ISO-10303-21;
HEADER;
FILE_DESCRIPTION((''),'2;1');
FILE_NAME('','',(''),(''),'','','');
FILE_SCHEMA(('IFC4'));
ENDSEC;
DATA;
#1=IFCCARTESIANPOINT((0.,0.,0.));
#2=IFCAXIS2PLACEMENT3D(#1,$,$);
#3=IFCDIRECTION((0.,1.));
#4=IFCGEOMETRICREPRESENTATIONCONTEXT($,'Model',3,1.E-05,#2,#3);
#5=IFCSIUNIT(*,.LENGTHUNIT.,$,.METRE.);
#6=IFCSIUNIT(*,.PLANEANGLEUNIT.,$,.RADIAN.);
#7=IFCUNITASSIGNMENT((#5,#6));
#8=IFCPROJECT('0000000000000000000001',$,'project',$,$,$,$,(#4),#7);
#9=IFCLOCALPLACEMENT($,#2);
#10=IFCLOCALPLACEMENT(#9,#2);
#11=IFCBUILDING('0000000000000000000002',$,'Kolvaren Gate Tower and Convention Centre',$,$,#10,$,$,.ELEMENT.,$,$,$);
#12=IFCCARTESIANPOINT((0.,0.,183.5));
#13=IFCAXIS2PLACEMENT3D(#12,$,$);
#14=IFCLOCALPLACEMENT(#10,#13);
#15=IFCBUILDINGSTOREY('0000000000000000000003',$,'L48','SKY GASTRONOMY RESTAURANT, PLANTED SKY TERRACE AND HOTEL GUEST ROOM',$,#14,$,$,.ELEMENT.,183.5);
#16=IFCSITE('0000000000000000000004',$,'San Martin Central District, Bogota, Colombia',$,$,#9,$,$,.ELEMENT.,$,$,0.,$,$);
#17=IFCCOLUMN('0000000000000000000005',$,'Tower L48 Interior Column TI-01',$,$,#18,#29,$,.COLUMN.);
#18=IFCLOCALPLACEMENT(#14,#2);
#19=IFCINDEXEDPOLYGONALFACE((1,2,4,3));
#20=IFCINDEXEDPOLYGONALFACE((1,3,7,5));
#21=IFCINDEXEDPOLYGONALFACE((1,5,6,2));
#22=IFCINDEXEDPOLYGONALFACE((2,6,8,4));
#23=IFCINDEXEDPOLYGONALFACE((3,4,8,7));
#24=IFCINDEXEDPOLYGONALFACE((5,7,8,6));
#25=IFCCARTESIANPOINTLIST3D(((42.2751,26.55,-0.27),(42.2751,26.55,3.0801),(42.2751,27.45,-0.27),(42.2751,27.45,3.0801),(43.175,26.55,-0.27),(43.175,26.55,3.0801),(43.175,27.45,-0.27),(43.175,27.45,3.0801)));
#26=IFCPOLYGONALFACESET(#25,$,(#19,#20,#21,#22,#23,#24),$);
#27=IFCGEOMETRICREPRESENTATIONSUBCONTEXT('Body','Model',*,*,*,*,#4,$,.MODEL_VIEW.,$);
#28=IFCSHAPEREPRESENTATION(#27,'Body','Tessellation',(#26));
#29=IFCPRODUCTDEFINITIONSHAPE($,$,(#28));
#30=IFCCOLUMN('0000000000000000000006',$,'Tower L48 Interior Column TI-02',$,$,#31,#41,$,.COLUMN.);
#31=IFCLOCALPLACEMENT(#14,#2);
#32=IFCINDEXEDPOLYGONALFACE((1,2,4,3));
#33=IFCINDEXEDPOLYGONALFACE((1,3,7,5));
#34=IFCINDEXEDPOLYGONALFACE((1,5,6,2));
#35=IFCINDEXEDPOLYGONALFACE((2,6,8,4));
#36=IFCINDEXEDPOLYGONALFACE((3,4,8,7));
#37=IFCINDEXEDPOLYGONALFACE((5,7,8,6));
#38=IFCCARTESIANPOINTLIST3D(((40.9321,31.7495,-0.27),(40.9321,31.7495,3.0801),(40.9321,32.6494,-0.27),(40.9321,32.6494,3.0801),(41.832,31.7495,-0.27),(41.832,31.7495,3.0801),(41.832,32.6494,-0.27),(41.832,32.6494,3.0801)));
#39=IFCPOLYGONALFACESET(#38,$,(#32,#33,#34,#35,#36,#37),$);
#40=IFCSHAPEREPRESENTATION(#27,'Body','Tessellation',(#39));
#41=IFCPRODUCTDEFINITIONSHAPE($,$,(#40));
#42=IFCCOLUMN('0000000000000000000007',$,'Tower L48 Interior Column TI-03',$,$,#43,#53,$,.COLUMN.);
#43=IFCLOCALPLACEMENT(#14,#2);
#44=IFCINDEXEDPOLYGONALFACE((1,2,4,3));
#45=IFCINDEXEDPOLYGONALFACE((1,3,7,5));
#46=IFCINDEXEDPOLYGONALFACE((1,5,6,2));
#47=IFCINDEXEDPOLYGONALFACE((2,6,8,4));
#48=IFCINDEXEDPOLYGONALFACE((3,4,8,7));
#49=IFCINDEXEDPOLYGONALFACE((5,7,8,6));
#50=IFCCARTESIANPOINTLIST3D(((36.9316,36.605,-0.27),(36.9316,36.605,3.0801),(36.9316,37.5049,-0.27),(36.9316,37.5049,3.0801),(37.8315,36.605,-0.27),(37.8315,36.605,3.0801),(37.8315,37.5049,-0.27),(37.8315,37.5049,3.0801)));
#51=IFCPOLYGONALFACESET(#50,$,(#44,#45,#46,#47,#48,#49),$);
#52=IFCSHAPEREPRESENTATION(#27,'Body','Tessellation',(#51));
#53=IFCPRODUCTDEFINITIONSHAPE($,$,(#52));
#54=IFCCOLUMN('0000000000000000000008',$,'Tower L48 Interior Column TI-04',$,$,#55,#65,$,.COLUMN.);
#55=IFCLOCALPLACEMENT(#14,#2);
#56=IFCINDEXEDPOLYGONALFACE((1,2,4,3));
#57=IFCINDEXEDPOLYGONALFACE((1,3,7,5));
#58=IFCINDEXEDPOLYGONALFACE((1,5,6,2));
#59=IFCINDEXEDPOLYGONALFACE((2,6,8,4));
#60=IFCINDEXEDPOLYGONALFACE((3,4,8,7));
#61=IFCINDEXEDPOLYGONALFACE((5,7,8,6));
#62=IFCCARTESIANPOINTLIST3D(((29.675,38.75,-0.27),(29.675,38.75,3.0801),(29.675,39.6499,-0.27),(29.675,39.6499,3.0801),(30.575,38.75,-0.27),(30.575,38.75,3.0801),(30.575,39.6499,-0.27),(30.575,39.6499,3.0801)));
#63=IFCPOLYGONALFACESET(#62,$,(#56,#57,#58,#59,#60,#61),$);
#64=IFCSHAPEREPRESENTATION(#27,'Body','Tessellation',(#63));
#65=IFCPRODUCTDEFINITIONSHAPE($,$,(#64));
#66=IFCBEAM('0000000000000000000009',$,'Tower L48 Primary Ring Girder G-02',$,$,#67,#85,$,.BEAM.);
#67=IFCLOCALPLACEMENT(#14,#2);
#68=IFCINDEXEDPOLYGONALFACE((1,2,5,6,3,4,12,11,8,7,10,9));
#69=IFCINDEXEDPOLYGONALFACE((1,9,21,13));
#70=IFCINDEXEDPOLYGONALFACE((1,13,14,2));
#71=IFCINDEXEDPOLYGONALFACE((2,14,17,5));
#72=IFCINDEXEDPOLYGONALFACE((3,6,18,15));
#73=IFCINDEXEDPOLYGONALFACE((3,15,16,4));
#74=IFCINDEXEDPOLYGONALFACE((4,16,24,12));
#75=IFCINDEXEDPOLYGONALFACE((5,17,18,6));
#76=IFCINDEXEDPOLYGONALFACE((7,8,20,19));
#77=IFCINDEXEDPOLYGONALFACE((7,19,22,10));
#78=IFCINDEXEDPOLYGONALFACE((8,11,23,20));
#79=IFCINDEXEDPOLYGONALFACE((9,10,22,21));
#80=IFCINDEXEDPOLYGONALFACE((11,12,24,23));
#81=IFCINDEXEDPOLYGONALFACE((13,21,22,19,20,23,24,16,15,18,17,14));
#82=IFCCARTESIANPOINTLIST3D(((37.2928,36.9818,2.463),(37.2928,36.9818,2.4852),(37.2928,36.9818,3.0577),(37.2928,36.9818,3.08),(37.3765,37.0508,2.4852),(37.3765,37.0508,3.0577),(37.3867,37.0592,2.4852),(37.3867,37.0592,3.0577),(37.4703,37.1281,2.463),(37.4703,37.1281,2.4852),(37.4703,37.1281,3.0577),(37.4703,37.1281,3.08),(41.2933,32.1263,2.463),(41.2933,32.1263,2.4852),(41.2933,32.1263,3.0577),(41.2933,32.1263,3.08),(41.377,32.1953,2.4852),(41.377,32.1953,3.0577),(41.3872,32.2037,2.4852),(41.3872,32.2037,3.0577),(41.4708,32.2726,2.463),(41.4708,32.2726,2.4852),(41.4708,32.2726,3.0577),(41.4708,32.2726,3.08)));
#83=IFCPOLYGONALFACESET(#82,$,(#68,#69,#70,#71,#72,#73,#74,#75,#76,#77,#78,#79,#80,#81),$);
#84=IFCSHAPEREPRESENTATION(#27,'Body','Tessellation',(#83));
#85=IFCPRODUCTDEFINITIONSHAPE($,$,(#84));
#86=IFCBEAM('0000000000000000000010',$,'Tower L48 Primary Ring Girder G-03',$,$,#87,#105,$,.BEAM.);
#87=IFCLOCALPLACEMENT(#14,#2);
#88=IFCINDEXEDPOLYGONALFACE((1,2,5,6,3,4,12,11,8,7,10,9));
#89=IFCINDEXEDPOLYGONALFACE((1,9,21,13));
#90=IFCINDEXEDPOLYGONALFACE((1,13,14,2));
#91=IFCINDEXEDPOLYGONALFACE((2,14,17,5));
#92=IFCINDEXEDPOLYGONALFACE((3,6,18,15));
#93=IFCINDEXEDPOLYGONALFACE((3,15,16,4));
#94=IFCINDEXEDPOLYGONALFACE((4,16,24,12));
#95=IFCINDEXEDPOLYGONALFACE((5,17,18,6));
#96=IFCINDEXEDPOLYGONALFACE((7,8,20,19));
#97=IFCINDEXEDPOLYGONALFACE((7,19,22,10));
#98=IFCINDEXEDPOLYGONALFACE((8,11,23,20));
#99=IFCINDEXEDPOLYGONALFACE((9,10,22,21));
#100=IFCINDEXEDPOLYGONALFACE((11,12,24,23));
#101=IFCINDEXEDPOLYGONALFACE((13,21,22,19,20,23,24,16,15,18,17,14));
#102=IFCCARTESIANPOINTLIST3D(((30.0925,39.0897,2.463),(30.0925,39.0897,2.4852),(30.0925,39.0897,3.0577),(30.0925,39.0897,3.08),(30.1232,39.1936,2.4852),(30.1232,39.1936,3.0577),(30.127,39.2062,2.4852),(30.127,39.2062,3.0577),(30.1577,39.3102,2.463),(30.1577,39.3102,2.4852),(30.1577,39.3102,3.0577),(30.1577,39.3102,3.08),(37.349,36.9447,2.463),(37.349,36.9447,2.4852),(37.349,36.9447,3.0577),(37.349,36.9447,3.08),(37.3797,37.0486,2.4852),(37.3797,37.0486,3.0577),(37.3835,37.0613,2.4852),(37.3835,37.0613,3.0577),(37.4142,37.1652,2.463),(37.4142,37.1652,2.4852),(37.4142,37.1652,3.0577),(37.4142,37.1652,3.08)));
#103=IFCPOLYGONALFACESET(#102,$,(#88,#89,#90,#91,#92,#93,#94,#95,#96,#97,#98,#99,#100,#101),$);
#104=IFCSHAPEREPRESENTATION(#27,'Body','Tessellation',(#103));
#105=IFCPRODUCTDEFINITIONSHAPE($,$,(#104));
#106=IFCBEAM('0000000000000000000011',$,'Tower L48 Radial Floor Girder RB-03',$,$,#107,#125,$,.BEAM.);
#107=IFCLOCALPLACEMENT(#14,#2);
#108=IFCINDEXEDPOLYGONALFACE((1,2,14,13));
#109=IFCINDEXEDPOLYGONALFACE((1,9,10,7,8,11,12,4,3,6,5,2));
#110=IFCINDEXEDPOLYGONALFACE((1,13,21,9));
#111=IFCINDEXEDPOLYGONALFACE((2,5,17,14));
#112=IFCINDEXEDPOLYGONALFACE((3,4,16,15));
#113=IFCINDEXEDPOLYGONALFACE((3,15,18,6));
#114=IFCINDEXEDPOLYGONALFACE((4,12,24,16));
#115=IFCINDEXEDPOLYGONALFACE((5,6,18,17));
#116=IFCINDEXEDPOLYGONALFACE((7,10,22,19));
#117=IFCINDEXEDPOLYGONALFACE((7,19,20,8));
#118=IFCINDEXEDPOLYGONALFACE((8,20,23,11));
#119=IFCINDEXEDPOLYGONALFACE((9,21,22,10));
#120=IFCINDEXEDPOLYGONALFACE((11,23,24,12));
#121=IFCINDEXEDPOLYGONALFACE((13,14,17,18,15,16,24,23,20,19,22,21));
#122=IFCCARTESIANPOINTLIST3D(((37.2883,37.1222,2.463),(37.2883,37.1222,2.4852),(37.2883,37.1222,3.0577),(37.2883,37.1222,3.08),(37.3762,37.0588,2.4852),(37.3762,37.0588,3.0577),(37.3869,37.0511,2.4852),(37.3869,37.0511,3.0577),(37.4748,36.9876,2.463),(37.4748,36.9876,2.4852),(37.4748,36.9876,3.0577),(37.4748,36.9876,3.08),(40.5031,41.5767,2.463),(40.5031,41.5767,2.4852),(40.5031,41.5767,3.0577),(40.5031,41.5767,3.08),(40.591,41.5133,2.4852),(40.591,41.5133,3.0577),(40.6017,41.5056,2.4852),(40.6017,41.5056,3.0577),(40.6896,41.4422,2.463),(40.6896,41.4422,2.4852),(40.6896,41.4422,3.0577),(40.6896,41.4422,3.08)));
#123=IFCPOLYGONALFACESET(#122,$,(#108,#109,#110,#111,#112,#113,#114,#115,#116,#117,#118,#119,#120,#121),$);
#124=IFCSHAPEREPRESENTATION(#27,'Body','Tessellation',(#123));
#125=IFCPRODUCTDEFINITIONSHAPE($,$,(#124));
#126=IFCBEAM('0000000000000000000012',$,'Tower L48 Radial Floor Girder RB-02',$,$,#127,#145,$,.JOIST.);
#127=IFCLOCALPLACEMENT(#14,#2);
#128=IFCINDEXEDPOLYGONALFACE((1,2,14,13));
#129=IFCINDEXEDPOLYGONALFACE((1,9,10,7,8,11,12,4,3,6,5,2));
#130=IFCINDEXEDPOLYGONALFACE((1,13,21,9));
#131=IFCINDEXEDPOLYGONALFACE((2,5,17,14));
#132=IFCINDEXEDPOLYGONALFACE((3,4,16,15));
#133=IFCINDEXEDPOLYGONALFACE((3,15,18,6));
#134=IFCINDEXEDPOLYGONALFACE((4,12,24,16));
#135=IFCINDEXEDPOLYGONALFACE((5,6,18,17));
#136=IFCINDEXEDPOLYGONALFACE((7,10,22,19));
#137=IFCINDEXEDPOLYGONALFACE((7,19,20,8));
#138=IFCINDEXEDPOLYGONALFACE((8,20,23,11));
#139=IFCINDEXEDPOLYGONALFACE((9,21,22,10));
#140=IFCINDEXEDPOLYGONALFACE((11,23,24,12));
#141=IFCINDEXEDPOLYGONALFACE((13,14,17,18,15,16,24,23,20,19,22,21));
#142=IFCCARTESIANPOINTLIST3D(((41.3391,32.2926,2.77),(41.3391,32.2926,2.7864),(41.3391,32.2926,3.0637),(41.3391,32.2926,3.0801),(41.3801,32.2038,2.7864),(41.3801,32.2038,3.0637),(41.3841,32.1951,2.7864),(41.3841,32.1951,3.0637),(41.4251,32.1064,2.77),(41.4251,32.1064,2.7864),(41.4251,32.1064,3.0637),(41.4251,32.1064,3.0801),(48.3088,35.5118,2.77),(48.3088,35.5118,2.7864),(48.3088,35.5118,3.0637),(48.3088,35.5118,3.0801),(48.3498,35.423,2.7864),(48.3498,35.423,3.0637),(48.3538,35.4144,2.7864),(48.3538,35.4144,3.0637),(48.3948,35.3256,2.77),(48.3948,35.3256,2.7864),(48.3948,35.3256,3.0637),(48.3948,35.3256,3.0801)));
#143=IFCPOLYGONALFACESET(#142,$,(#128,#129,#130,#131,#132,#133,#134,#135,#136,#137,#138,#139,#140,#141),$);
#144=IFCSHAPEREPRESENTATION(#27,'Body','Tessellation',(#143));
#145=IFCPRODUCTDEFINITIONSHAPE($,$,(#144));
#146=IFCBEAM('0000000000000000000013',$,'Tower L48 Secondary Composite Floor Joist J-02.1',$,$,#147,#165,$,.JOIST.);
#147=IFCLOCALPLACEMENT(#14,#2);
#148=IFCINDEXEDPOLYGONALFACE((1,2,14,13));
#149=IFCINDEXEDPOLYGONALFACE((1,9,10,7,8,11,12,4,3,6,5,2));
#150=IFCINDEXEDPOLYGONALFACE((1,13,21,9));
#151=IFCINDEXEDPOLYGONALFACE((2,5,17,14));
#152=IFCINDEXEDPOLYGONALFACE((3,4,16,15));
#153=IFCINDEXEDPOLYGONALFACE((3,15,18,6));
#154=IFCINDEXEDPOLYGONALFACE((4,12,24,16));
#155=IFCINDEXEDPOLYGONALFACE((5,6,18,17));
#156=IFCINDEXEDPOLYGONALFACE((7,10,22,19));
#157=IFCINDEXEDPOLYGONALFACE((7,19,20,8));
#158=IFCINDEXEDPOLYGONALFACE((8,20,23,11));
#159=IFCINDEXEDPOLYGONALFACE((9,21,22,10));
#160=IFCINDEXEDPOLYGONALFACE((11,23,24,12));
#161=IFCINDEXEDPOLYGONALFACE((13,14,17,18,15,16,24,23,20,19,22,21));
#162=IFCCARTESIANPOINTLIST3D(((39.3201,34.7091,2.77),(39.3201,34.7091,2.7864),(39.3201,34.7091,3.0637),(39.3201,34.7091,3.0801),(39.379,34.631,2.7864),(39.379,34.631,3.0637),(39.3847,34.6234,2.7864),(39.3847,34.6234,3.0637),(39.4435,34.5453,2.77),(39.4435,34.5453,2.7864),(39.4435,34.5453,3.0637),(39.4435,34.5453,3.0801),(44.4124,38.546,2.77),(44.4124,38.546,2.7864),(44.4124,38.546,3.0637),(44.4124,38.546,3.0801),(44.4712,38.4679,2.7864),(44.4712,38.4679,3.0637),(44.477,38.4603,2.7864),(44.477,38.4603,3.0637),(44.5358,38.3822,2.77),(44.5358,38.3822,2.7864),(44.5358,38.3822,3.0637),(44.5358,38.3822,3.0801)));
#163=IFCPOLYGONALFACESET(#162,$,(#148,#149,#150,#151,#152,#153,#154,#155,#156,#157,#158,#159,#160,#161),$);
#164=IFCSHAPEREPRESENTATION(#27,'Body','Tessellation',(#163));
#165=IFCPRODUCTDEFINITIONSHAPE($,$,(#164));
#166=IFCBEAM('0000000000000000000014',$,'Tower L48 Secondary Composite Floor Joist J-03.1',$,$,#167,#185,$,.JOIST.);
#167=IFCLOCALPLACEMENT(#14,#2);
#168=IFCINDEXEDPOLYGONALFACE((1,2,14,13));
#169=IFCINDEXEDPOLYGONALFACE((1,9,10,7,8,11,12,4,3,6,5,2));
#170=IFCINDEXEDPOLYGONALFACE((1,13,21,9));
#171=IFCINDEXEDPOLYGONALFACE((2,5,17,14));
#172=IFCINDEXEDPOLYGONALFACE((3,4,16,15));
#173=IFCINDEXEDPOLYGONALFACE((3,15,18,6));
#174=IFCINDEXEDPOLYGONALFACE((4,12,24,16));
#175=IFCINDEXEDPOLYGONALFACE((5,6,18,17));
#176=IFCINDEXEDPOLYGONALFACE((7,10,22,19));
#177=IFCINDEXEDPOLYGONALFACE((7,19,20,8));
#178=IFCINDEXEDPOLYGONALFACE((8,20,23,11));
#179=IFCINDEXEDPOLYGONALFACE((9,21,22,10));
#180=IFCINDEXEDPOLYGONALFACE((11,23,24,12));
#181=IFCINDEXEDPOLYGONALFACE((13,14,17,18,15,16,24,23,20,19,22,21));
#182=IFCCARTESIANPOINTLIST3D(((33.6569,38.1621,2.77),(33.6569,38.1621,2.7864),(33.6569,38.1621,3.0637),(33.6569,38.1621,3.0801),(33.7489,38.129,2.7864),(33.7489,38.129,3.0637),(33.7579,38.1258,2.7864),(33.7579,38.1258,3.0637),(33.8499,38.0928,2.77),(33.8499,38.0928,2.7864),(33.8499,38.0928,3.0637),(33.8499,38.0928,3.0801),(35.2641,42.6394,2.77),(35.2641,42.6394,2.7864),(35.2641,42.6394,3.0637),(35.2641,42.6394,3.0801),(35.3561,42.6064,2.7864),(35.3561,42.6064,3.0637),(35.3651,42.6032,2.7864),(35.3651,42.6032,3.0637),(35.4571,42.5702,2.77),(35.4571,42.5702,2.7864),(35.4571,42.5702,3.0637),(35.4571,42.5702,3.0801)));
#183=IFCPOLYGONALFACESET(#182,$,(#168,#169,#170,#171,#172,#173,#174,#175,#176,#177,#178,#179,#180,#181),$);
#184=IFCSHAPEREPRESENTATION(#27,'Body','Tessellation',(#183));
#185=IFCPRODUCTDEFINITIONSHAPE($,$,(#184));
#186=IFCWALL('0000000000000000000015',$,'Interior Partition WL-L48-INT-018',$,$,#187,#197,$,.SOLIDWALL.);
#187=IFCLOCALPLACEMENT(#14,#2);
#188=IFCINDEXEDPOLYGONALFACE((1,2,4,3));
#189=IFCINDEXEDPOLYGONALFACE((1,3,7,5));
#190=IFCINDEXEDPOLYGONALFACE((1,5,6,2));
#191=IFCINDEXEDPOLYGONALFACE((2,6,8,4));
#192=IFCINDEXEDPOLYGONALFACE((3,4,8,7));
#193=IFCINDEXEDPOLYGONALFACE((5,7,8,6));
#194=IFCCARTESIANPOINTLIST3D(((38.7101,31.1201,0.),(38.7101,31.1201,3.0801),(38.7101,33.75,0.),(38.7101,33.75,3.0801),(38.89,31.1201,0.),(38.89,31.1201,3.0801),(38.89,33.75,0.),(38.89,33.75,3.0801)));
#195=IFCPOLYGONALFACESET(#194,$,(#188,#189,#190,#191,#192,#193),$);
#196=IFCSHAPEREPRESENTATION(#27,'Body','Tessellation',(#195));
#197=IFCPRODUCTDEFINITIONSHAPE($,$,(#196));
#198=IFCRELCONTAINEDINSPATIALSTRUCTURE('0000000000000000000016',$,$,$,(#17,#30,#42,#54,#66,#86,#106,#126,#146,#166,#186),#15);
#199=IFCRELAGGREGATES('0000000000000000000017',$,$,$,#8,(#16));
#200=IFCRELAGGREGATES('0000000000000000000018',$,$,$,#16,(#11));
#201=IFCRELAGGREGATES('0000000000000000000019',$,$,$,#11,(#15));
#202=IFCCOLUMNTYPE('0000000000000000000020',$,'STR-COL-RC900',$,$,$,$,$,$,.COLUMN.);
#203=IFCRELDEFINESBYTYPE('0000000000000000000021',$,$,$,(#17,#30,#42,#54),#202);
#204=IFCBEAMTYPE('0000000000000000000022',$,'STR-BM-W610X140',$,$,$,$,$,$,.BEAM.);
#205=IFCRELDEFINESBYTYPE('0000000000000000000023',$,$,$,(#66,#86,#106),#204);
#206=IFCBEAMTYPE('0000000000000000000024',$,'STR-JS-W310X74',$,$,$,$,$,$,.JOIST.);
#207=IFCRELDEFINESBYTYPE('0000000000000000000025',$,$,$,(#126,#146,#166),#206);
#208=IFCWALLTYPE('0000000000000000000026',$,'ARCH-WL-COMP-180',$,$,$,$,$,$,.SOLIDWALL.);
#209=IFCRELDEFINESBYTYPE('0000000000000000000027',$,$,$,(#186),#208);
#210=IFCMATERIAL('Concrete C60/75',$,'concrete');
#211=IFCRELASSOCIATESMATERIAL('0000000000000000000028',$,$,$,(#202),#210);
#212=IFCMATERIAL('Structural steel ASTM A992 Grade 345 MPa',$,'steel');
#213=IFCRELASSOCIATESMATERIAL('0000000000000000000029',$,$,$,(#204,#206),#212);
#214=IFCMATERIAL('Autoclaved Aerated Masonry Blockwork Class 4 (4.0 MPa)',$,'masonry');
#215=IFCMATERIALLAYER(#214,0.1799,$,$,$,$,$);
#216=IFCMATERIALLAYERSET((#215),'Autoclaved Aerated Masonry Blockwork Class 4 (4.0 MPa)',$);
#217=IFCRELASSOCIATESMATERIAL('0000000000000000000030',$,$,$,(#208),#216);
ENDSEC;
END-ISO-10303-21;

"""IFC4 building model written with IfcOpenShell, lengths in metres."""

from ifc_helpers import new_model, si_unit, direction, frame, frame_2d, origin, origin_2d, place, context, subcontext, project, spatial, rectangle, i_section, extrude, material, layer, layer_set, material_profile, profile_set, type_object, element, save


model = new_model("IFC4")

# Units and contexts
model_context = context("Model", 3, precision=1e-05, world=origin(), true_north=direction((0.0, 1.0)))
body_context = subcontext(model_context, "Body", "Model", "MODEL_VIEW")
ifc_project = project(units=[si_unit("LENGTHUNIT", "METRE"), si_unit("PLANEANGLEUNIT", "RADIAN")], contexts=[model_context])

# Site, building, storey
site_placement = place(None, origin())
site = spatial("IfcSite", under=ifc_project, at=site_placement, Name="San Martin Central District, Bogota, Colombia", CompositionType="ELEMENT", RefElevation=0.0)
building_placement = place(site_placement, origin())
building = spatial("IfcBuilding", under=site, at=building_placement, Name="Kolvaren Gate Tower and Convention Centre", CompositionType="ELEMENT")
storey_placement = place(building_placement, frame((0.0, 0.0, 183.5)))
storey = spatial("IfcBuildingStorey", under=building, at=storey_placement, Name="L48", Description="SKY GASTRONOMY RESTAURANT, PLANTED SKY TERRACE AND HOTEL GUEST ROOM", CompositionType="ELEMENT", Elevation=183.5)

# Columns
ifc_material_1 = material(Name="Concrete C60/75", Category="concrete")
ifc_material_profile_1 = material_profile(ifc_material_1, rectangle(XDim=0.8999, YDim=0.8999, at=origin_2d()), Name="RC-COL-900X900")
ifc_profile_set_1 = profile_set([ifc_material_profile_1], Name="Concrete C60/75")
column_type = type_object("IfcColumnType", Name="STR-COL-RC900", PredefinedType="COLUMN", material=ifc_profile_set_1)
for number, where, z_axis, x_axis, name in (
    (1, (42.7251, 27.0, -0.27), (0.0, 0.0, 1.0), (1.0, 0.0, 0.0), "Tower L48 Interior Column TI-01"),
    (2, (41.3821, 32.1995, -0.27), (0.0, 0.0, 1.0), (1.0, 0.0, 0.0), "Tower L48 Interior Column TI-02"),
    (3, (37.3816, 37.0549, -0.27), (0.0, 0.0, 1.0), (1.0, 0.0, 0.0), "Tower L48 Interior Column TI-03"),
    (4, (30.125, 39.2, -0.27), (0.0, 0.0, 1.0), (1.0, 0.0, 0.0), "Tower L48 Interior Column TI-04"),
):
    element("IfcColumn", number, at=place(storey_placement, frame(where, z_axis=z_axis, x_axis=x_axis)), inside=storey, type_object=column_type, Name=name, PredefinedType="COLUMN", context=body_context, shape_type="SweptSolid", body=[
        extrude(rectangle(XDim=0.8999, YDim=0.8999, at=origin_2d()), origin(), (0.0, 0.0, 1.0), 3.3501),
    ])

# Beams
ifc_material_2 = material(Name="Structural steel ASTM A992 Grade 345 MPa", Category="steel")
ifc_material_profile_2 = material_profile(ifc_material_2, i_section(OverallWidth=0.23, OverallDepth=0.6169, WebThickness=0.0132, FlangeThickness=0.0222, at=origin_2d()), Name="W610X140")
ifc_profile_set_2 = profile_set([ifc_material_profile_2], Name="Structural steel ASTM A992 Grade 345 MPa")
beam_type_1 = type_object("IfcBeamType", Name="STR-BM-W610X140", PredefinedType="BEAM", material=ifc_profile_set_2)
beam_1_placement = place(storey_placement, frame((41.3821, 32.1995, 2.7715), z_axis=(-0.635884, 0.771785, 0.0), x_axis=(-0.771785, -0.635884, 0.0)))
element("IfcBeam", 5, at=beam_1_placement, inside=storey, type_object=beam_type_1, Name="Tower L48 Primary Ring Girder G-02", PredefinedType="BEAM", context=body_context, shape_type="SweptSolid", body=[
    extrude(i_section(OverallWidth=0.23, OverallDepth=0.6169, WebThickness=0.0132, FlangeThickness=0.0222, at=origin_2d()), origin(), (0.0, 0.0, 1.0), 6.2913),
])
beam_2_placement = place(storey_placement, frame((37.3816, 37.0549, 2.7715), z_axis=(-0.958981, 0.283471, 0.0), x_axis=(-0.283471, -0.958981, 0.0)))
element("IfcBeam", 6, at=beam_2_placement, inside=storey, type_object=beam_type_1, Name="Tower L48 Primary Ring Girder G-03", PredefinedType="BEAM", context=body_context, shape_type="SweptSolid", body=[
    extrude(i_section(OverallWidth=0.23, OverallDepth=0.6169, WebThickness=0.0132, FlangeThickness=0.0222, at=origin_2d()), origin(), (0.0, 0.0, 1.0), 7.5669),
])
beam_3_placement = place(storey_placement, frame((37.3816, 37.0549, 2.7715), z_axis=(0.585208, 0.810883, 0.0), x_axis=(-0.810883, 0.585208, 0.0)))
element("IfcBeam", 7, at=beam_3_placement, inside=storey, type_object=beam_type_1, Name="Tower L48 Radial Floor Girder RB-03", PredefinedType="BEAM", context=body_context, shape_type="SweptSolid", body=[
    extrude(i_section(OverallWidth=0.23, OverallDepth=0.6169, WebThickness=0.0132, FlangeThickness=0.0222, at=origin_2d()), origin(), (0.0, 0.0, 1.0), 5.4934),
])
ifc_material_profile_3 = material_profile(ifc_material_2, i_section(OverallWidth=0.2051, OverallDepth=0.3101, WebThickness=0.0095, FlangeThickness=0.0164, at=origin_2d()), Name="W310X74")
ifc_profile_set_3 = profile_set([ifc_material_profile_3], Name="Structural steel ASTM A992 Grade 345 MPa")
beam_type_2 = type_object("IfcBeamType", Name="STR-JS-W310X74", PredefinedType="JOIST", material=ifc_profile_set_3)
beam_4_placement = place(storey_placement, frame((41.3821, 32.1995, 2.925), z_axis=(0.907838, 0.41932, 0.0), x_axis=(-0.41932, 0.907838, 0.0)))
element("IfcBeam", 8, at=beam_4_placement, inside=storey, type_object=beam_type_2, Name="Tower L48 Radial Floor Girder RB-02", PredefinedType="JOIST", context=body_context, shape_type="SweptSolid", body=[
    extrude(i_section(OverallWidth=0.2051, OverallDepth=0.3101, WebThickness=0.0095, FlangeThickness=0.0164, at=origin_2d()), origin(), (0.0, 0.0, 1.0), 7.6772),
])
beam_5_placement = place(storey_placement, frame((39.3818, 34.6272, 2.925), z_axis=(0.798666, 0.601775, 0.0), x_axis=(-0.601775, 0.798666, 0.0)))
element("IfcBeam", 9, at=beam_5_placement, inside=storey, type_object=beam_type_2, Name="Tower L48 Secondary Composite Floor Joist J-02.1", PredefinedType="JOIST", context=body_context, shape_type="SweptSolid", body=[
    extrude(i_section(OverallWidth=0.2051, OverallDepth=0.3101, WebThickness=0.0095, FlangeThickness=0.0164, at=origin_2d()), origin(), (0.0, 0.0, 1.0), 6.376),
])
beam_6_placement = place(storey_placement, frame((33.7534, 38.1274, 2.925), z_axis=(0.337854, 0.941198, 0.0), x_axis=(-0.941198, 0.337854, 0.0)))
element("IfcBeam", 10, at=beam_6_placement, inside=storey, type_object=beam_type_2, Name="Tower L48 Secondary Composite Floor Joist J-03.1", PredefinedType="JOIST", context=body_context, shape_type="SweptSolid", body=[
    extrude(i_section(OverallWidth=0.2051, OverallDepth=0.3101, WebThickness=0.0095, FlangeThickness=0.0164, at=origin_2d()), origin(), (0.0, 0.0, 1.0), 4.7571),
])

# Wall
ifc_material_3 = material(Name="Autoclaved Aerated Masonry Blockwork Class 4 (4.0 MPa)", Category="masonry")
ifc_layer_1 = layer(ifc_material_3, 0.1799)
ifc_layer_set_1 = layer_set([ifc_layer_1], Name="Autoclaved Aerated Masonry Blockwork Class 4 (4.0 MPa)")
wall_type_1 = type_object("IfcWallType", Name="ARCH-WL-COMP-180", PredefinedType="SOLIDWALL", material=ifc_layer_set_1)
wall_1_placement = place(storey_placement, frame((38.8, 31.1201, 0.0), z_axis=(0.0, 0.0, 1.0), x_axis=(0.0, 1.0, 0.0)))
element("IfcWall", 11, at=wall_1_placement, inside=storey, type_object=wall_type_1, Name="Interior Partition WL-L48-INT-018", PredefinedType="SOLIDWALL", context=body_context, shape_type="SweptSolid", body=[
    extrude(rectangle(XDim=2.6299, YDim=0.1799, at=frame_2d((1.3149, 0.0))), origin(), (0.0, 0.0, 1.0), 3.0801),
])

save(model, "model.ifc")
